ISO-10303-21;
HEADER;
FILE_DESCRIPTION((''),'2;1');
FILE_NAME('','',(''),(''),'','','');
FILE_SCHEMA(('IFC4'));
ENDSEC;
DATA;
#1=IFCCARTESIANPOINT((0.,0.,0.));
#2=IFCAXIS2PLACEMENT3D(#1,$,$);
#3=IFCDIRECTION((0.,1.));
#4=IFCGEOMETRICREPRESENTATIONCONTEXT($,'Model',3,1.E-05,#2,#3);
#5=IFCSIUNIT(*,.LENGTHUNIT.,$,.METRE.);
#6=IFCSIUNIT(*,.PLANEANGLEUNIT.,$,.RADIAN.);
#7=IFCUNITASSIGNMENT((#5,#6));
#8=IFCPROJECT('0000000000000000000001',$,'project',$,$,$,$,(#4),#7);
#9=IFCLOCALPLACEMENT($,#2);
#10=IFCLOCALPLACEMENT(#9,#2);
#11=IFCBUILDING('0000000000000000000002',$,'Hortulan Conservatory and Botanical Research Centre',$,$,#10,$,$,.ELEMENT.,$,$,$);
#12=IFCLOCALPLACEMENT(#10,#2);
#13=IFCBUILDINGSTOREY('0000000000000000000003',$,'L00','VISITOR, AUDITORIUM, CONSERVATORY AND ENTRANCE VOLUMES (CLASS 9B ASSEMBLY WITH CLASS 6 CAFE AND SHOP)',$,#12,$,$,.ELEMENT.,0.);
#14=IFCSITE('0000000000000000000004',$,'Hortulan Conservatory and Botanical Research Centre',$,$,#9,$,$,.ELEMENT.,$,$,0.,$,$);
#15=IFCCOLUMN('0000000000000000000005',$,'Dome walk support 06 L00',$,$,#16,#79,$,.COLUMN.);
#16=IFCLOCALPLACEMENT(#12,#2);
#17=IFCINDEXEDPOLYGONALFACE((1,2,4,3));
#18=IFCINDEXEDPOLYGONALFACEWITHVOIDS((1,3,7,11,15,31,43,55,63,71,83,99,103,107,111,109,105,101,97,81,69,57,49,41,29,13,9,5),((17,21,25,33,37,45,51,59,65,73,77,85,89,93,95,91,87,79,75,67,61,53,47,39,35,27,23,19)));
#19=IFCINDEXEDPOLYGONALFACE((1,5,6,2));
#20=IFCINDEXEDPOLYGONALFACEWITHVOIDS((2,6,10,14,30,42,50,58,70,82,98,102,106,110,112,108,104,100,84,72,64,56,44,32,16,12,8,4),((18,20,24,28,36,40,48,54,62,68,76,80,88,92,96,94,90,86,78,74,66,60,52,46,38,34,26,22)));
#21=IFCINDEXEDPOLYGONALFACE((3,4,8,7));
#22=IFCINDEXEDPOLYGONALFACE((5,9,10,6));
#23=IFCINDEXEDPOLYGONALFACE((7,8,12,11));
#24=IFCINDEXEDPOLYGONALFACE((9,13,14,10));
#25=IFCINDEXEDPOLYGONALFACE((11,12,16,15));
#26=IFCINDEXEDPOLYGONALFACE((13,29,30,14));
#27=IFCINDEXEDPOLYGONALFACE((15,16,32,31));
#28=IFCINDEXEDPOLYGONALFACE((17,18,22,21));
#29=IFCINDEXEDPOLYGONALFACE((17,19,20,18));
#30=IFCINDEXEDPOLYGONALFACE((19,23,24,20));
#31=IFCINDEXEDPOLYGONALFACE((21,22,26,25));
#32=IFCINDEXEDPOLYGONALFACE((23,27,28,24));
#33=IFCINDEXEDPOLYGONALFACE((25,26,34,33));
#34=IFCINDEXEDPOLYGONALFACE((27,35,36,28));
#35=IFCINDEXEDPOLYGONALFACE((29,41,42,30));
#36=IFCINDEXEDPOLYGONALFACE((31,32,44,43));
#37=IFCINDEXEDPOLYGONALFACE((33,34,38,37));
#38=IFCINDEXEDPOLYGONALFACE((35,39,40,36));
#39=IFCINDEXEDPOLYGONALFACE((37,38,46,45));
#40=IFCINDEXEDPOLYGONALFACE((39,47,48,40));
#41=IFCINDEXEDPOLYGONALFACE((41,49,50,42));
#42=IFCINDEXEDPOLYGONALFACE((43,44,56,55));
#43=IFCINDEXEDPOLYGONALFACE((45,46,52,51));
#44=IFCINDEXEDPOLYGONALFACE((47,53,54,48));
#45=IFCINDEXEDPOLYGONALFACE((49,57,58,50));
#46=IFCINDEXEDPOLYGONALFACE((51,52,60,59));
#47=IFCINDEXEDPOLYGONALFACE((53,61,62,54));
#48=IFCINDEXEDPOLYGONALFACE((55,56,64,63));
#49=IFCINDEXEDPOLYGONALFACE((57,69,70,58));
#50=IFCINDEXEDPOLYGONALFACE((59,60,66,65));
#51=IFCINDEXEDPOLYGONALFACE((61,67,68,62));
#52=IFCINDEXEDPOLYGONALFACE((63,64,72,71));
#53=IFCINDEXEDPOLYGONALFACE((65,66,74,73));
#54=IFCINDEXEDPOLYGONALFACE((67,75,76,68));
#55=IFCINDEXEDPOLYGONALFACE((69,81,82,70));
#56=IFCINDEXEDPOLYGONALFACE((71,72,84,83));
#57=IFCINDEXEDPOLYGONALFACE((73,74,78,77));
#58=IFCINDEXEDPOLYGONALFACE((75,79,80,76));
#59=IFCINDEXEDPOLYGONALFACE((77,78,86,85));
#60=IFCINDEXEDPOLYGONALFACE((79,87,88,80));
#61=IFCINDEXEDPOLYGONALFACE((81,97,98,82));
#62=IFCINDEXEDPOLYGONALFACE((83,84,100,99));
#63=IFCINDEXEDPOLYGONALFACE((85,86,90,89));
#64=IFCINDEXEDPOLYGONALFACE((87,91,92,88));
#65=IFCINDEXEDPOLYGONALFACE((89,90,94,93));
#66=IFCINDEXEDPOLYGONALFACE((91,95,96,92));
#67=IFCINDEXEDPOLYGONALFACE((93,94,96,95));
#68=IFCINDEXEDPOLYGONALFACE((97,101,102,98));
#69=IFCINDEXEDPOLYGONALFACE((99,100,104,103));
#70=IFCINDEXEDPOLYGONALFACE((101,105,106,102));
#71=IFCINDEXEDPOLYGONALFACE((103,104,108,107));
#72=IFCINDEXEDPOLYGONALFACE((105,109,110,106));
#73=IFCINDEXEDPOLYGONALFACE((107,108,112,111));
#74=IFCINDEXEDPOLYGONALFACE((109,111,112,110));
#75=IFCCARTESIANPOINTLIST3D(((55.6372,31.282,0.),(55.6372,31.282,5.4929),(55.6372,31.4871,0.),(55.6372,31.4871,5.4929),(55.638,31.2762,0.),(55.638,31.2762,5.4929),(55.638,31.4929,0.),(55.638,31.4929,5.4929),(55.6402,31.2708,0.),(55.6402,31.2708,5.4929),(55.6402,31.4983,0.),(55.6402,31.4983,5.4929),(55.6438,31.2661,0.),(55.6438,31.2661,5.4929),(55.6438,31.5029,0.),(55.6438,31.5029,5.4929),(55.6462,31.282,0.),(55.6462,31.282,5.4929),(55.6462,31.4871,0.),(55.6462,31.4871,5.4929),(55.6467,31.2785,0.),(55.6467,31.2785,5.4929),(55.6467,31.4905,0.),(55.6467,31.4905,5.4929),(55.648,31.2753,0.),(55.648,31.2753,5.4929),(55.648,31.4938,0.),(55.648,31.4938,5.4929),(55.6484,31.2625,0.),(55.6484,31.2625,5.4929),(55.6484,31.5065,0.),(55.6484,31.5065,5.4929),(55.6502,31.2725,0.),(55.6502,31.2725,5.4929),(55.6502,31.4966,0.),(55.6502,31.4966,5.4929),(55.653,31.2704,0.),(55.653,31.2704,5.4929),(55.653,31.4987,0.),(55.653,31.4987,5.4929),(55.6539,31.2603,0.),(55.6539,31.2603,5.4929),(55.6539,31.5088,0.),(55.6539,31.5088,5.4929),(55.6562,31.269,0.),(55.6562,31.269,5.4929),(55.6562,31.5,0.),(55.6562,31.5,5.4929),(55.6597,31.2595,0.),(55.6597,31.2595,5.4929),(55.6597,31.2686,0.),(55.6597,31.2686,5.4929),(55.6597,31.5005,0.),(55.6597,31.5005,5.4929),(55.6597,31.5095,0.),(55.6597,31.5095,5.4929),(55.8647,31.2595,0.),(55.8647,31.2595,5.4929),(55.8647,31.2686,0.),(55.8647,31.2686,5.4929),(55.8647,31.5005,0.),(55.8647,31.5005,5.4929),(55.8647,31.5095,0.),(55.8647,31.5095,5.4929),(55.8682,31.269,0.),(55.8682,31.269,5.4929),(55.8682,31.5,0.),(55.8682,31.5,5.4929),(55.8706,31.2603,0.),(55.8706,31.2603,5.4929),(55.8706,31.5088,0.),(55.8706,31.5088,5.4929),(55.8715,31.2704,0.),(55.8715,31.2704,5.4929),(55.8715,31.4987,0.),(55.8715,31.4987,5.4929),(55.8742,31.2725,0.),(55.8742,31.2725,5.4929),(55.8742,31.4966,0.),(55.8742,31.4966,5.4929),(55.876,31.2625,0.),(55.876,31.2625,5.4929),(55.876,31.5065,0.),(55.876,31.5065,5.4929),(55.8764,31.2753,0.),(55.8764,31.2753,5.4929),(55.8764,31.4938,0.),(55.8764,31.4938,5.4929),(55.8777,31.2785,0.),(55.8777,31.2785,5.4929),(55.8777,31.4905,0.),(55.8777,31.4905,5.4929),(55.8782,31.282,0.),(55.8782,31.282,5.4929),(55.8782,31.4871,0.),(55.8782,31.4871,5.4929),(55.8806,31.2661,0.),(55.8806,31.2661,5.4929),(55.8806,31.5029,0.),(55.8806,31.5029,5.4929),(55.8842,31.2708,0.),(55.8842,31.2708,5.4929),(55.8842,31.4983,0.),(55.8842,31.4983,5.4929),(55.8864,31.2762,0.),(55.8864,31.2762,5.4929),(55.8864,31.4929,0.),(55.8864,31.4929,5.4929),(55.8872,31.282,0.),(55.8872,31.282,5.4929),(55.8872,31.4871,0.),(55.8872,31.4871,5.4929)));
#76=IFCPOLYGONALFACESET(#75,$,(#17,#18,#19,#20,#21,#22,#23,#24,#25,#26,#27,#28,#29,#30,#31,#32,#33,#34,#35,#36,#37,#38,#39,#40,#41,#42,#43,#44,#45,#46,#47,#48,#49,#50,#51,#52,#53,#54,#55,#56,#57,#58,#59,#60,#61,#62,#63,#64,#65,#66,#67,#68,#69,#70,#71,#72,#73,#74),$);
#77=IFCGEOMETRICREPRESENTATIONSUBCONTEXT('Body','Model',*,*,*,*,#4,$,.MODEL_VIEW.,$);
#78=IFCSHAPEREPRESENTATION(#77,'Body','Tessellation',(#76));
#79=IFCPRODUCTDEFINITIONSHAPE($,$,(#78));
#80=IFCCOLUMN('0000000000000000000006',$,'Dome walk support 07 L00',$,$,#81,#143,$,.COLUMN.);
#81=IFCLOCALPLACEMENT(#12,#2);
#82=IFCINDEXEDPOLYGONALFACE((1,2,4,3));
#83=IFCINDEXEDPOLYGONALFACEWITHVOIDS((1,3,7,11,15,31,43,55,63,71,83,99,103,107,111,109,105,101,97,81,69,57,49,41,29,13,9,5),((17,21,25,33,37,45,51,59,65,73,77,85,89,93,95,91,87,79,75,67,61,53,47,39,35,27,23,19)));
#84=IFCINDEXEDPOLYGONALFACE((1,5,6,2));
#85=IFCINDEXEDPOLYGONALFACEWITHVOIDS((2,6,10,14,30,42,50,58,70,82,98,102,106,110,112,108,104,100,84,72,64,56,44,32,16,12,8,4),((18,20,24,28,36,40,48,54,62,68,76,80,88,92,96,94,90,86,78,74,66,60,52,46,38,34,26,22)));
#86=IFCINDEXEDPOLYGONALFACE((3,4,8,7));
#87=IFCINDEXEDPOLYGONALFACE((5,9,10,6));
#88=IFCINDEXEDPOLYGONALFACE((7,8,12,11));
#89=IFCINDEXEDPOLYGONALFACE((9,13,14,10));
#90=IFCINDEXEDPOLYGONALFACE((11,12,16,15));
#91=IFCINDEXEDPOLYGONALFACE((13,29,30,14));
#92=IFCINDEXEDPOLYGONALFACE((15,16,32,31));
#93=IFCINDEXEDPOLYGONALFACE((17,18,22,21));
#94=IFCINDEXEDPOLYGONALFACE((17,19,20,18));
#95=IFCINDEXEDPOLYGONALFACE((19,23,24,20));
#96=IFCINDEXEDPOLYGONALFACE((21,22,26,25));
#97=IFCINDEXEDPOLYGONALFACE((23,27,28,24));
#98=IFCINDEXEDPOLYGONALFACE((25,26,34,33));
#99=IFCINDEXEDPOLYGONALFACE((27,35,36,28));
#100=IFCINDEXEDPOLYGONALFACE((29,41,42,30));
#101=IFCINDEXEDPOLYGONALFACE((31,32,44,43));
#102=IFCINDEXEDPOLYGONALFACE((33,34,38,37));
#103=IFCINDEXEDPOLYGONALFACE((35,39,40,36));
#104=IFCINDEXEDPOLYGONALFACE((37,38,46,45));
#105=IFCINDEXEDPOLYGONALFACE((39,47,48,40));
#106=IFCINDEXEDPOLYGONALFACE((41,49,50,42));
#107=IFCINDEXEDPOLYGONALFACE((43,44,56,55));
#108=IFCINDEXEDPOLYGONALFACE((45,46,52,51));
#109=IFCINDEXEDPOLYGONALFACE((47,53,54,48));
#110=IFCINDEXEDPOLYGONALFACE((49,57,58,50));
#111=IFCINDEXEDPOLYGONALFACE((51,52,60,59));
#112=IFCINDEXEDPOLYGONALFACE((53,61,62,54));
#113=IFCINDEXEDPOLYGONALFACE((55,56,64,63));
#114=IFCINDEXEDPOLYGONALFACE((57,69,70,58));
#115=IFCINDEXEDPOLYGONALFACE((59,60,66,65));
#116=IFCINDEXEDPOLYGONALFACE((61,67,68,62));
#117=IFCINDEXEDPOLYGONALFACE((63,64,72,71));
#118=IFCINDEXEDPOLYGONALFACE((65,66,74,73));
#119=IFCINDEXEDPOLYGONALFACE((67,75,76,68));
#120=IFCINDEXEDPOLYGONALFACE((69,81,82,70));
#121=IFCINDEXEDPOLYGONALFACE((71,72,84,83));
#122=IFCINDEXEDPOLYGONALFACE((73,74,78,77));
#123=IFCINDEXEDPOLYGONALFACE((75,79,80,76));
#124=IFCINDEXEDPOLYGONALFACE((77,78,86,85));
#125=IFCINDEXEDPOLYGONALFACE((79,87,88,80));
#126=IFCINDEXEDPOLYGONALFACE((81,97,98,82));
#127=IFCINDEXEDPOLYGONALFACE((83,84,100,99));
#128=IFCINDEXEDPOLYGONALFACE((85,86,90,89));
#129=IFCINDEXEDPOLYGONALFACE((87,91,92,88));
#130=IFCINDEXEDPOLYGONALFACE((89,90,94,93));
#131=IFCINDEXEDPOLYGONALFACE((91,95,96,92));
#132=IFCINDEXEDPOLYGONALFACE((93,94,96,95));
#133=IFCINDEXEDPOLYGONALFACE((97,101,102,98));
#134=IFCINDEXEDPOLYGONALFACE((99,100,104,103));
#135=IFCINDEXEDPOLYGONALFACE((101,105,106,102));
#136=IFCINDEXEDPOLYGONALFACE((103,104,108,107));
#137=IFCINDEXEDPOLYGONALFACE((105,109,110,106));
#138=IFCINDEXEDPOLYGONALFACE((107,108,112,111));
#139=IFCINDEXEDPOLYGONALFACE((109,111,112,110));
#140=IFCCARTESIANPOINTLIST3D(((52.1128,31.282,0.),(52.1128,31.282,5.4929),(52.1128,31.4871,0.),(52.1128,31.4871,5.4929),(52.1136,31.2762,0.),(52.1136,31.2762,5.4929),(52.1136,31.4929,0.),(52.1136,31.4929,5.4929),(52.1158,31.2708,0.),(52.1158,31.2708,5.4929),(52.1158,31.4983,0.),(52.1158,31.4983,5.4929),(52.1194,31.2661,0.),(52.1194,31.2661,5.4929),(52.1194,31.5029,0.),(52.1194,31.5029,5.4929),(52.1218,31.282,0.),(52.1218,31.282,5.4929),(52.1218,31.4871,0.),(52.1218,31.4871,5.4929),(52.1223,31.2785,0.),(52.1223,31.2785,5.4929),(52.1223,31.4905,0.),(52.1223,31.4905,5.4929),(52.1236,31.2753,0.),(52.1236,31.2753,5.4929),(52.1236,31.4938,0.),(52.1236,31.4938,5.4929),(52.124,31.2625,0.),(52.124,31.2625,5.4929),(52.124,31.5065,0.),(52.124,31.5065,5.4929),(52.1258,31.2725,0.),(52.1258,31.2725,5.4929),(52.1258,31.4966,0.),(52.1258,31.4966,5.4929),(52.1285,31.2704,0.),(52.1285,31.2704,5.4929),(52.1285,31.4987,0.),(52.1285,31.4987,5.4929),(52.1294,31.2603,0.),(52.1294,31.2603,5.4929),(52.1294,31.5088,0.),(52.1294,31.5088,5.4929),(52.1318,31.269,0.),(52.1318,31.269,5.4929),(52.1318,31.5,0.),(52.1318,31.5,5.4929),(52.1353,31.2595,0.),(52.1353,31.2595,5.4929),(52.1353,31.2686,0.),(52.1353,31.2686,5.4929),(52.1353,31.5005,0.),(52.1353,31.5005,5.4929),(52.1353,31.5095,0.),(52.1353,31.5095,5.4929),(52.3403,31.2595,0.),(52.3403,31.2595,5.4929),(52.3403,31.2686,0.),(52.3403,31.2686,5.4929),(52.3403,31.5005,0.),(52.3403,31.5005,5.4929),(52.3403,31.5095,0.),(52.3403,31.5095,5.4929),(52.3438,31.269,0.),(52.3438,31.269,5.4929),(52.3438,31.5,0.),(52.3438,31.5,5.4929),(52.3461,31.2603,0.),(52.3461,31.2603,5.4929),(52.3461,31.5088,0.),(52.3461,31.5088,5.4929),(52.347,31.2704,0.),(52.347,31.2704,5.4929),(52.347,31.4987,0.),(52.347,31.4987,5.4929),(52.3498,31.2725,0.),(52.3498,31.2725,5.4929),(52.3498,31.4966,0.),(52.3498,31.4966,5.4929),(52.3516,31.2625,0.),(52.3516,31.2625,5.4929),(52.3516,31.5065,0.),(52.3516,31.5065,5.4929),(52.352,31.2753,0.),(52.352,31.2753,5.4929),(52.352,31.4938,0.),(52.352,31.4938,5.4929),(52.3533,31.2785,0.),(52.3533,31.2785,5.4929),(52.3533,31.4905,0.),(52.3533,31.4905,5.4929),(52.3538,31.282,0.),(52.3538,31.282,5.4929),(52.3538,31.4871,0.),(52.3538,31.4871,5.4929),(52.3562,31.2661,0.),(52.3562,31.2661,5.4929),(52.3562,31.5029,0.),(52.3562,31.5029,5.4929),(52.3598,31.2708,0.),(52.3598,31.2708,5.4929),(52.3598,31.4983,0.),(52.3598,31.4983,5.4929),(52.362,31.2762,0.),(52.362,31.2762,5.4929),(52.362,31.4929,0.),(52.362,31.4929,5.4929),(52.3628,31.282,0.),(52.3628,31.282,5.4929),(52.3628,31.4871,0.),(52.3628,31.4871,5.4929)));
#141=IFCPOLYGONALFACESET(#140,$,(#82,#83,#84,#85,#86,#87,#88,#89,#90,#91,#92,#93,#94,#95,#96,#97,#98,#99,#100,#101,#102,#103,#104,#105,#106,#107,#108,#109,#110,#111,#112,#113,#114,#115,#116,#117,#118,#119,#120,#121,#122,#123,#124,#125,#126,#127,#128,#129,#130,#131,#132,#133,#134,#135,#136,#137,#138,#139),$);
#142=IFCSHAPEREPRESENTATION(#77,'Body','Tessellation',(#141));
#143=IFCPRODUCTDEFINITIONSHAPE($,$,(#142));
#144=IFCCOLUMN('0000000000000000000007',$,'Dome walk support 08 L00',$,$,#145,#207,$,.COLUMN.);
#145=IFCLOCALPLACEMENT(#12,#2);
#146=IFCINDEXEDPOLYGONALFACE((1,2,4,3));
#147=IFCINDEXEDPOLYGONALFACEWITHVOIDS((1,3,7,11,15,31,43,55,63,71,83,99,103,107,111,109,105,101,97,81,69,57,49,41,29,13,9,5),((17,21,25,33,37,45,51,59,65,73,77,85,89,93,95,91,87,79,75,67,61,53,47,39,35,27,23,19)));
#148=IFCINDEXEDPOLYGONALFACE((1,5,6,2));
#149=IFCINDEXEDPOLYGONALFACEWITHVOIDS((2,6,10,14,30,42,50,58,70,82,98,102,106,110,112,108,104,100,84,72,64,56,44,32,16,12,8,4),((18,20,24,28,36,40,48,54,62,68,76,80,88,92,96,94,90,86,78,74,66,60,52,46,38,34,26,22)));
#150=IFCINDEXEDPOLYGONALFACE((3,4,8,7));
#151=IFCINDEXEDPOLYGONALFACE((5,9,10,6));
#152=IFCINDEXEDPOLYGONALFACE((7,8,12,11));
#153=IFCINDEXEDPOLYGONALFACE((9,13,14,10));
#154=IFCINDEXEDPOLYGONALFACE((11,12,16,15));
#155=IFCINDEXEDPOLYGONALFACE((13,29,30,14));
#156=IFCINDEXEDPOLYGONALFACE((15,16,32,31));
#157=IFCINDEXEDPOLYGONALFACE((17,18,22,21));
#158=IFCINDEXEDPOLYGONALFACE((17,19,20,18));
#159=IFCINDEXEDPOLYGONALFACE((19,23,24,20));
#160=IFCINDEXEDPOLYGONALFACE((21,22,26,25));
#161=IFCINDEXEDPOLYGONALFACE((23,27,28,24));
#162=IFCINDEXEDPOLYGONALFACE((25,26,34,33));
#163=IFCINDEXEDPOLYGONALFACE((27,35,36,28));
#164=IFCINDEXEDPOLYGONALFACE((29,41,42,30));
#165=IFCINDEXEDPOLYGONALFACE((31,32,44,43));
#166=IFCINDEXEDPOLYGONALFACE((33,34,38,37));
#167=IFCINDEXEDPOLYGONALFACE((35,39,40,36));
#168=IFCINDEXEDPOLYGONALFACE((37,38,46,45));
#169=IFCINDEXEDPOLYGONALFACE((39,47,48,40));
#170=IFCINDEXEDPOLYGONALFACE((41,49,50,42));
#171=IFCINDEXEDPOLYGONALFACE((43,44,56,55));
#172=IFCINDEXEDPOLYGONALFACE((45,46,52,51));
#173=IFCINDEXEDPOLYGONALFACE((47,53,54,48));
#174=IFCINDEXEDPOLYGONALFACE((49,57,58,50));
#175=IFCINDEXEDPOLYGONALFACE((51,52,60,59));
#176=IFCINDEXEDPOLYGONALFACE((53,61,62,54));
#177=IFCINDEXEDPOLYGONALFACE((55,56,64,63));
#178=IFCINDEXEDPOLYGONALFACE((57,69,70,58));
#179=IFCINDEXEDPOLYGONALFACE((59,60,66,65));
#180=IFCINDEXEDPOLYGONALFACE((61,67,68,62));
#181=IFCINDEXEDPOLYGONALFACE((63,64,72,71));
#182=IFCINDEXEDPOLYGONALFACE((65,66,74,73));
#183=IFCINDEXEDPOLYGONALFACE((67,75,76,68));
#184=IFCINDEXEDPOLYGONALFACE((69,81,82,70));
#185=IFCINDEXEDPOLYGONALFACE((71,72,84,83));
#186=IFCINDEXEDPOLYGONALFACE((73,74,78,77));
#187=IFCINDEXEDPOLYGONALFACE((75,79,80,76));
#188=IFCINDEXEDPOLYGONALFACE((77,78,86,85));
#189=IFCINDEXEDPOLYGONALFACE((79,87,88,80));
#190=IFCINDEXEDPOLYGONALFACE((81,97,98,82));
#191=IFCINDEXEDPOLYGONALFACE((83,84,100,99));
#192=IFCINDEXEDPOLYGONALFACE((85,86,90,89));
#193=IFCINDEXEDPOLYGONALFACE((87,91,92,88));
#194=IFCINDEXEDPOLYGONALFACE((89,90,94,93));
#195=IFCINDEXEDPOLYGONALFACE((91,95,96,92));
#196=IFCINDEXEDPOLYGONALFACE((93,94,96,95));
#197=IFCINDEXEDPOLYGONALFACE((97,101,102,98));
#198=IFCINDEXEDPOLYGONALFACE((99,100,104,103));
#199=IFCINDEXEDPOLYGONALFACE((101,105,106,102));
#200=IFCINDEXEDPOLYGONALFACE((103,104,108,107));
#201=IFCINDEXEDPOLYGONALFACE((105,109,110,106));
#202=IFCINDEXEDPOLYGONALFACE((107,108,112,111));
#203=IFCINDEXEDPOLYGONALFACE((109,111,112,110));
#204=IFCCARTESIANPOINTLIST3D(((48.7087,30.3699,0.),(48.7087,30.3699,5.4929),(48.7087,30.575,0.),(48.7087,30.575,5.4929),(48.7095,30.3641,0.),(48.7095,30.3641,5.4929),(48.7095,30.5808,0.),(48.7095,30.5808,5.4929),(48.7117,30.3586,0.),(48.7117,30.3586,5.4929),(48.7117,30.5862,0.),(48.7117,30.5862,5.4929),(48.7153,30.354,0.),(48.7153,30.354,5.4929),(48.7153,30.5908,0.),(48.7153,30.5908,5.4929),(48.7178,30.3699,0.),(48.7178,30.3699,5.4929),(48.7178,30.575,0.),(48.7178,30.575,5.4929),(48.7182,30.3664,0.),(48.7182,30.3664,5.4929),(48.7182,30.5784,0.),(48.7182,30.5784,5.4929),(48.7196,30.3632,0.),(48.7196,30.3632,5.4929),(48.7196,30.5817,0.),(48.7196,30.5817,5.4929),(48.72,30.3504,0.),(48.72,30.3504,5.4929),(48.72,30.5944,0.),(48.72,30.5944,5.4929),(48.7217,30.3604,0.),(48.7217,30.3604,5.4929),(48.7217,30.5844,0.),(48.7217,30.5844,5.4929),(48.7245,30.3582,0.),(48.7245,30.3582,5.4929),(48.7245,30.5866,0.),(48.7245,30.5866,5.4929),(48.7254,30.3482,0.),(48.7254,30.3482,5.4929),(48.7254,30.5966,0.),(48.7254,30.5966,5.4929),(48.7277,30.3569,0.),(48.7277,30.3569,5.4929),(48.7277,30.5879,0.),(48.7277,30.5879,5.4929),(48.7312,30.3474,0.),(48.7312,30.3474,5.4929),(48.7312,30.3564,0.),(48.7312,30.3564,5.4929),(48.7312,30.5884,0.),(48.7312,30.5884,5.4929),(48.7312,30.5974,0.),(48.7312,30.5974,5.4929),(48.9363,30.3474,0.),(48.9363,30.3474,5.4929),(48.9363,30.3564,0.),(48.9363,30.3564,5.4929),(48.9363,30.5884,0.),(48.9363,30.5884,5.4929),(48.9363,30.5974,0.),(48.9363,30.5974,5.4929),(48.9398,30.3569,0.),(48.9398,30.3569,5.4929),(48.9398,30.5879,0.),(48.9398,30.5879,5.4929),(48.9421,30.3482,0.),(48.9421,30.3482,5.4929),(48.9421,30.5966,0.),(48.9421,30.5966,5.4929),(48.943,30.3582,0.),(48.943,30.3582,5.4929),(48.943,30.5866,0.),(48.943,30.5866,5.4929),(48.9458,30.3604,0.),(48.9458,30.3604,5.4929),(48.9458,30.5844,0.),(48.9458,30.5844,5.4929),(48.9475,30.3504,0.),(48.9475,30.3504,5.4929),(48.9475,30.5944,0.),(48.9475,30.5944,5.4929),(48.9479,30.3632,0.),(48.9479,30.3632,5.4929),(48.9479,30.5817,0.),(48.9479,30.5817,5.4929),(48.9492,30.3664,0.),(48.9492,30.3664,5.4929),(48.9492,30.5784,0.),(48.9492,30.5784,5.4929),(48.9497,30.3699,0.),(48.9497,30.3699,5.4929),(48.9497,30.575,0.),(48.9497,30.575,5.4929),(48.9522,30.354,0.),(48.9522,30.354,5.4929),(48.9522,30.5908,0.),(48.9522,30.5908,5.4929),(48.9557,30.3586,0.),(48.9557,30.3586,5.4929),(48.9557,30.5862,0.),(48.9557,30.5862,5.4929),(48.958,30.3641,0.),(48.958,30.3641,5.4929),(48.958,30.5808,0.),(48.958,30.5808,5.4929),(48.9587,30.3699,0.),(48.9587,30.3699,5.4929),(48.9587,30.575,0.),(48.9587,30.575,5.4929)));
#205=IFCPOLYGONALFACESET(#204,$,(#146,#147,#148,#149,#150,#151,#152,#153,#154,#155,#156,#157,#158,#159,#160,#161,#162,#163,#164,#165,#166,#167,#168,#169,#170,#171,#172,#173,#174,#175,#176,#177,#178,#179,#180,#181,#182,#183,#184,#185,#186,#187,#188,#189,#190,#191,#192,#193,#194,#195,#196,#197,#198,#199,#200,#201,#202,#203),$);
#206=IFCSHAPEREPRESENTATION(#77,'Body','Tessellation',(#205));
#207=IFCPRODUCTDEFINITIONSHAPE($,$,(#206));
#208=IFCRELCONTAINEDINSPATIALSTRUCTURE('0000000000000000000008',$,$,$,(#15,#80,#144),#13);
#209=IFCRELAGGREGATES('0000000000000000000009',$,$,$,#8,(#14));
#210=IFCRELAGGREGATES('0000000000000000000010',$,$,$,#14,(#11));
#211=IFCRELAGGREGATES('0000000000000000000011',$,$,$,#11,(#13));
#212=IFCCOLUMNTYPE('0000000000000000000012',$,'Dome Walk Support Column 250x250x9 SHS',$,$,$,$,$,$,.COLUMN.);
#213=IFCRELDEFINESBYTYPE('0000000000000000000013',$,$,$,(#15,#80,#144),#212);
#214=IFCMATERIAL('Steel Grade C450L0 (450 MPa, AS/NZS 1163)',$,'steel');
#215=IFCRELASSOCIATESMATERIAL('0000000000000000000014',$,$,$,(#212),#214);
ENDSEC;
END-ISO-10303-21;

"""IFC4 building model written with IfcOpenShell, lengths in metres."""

from ifc_helpers import new_model, si_unit, direction, frame, origin, origin_2d, place, context, subcontext, project, spatial, hollow_rectangle, extrude, material, material_profile, profile_set, type_object, element, save


model = new_model("IFC4")

# Units and contexts
model_context = context("Model", 3, precision=1e-05, world=origin(), true_north=direction((0.0, 1.0)))
body_context = subcontext(model_context, "Body", "Model", "MODEL_VIEW")
ifc_project = project(units=[si_unit("LENGTHUNIT", "METRE"), si_unit("PLANEANGLEUNIT", "RADIAN")], contexts=[model_context])

# Site, building, storey
site_placement = place(None, origin())
site = spatial("IfcSite", under=ifc_project, at=site_placement, Name="Hortulan Conservatory and Botanical Research Centre", CompositionType="ELEMENT", RefElevation=0.0)
building_placement = place(site_placement, origin())
building = spatial("IfcBuilding", under=site, at=building_placement, Name="Hortulan Conservatory and Botanical Research Centre", CompositionType="ELEMENT")
storey_placement = place(building_placement, origin())
storey = spatial("IfcBuildingStorey", under=building, at=storey_placement, Name="L00", Description="VISITOR, AUDITORIUM, CONSERVATORY AND ENTRANCE VOLUMES (CLASS 9B ASSEMBLY WITH CLASS 6 CAFE AND SHOP)", CompositionType="ELEMENT", Elevation=0.0)

# Columns
ifc_material_1 = material(Name="Steel Grade C450L0 (450 MPa, AS/NZS 1163)", Category="steel")
ifc_material_profile_1 = material_profile(ifc_material_1, hollow_rectangle(XDim=0.25, YDim=0.25, WallThickness=0.009, InnerFilletRadius=0.0134, OuterFilletRadius=0.0225, at=origin_2d()), Name="250x250x9SHS")
ifc_profile_set_1 = profile_set([ifc_material_profile_1], Name="Steel Grade C450L0 (450 MPa, AS/NZS 1163)")
column_type = type_object("IfcColumnType", Name="Dome Walk Support Column 250x250x9 SHS", PredefinedType="COLUMN", material=ifc_profile_set_1)
for number, where, z_axis, x_axis, name in (
    (1, (55.7622, 31.3845, 0.0), (0.0, 0.0, 1.0), (1.0, 0.0, 0.0), "Dome walk support 06 L00"),
    (2, (52.2378, 31.3845, 0.0), (0.0, 0.0, 1.0), (1.0, 0.0, 0.0), "Dome walk support 07 L00"),
    (3, (48.8337, 30.4724, 0.0), (0.0, 0.0, 1.0), (1.0, 0.0, 0.0), "Dome walk support 08 L00"),
):
    element("IfcColumn", number, at=place(storey_placement, frame(where, z_axis=z_axis, x_axis=x_axis)), inside=storey, type_object=column_type, Name=name, PredefinedType="COLUMN", context=body_context, shape_type="SweptSolid", body=[
        extrude(hollow_rectangle(XDim=0.25, YDim=0.25, WallThickness=0.009, InnerFilletRadius=0.0134, OuterFilletRadius=0.0225, at=origin_2d()), origin(), (0.0, 0.0, 1.0), 5.4929),
    ])

save(model, "model.ifc")
